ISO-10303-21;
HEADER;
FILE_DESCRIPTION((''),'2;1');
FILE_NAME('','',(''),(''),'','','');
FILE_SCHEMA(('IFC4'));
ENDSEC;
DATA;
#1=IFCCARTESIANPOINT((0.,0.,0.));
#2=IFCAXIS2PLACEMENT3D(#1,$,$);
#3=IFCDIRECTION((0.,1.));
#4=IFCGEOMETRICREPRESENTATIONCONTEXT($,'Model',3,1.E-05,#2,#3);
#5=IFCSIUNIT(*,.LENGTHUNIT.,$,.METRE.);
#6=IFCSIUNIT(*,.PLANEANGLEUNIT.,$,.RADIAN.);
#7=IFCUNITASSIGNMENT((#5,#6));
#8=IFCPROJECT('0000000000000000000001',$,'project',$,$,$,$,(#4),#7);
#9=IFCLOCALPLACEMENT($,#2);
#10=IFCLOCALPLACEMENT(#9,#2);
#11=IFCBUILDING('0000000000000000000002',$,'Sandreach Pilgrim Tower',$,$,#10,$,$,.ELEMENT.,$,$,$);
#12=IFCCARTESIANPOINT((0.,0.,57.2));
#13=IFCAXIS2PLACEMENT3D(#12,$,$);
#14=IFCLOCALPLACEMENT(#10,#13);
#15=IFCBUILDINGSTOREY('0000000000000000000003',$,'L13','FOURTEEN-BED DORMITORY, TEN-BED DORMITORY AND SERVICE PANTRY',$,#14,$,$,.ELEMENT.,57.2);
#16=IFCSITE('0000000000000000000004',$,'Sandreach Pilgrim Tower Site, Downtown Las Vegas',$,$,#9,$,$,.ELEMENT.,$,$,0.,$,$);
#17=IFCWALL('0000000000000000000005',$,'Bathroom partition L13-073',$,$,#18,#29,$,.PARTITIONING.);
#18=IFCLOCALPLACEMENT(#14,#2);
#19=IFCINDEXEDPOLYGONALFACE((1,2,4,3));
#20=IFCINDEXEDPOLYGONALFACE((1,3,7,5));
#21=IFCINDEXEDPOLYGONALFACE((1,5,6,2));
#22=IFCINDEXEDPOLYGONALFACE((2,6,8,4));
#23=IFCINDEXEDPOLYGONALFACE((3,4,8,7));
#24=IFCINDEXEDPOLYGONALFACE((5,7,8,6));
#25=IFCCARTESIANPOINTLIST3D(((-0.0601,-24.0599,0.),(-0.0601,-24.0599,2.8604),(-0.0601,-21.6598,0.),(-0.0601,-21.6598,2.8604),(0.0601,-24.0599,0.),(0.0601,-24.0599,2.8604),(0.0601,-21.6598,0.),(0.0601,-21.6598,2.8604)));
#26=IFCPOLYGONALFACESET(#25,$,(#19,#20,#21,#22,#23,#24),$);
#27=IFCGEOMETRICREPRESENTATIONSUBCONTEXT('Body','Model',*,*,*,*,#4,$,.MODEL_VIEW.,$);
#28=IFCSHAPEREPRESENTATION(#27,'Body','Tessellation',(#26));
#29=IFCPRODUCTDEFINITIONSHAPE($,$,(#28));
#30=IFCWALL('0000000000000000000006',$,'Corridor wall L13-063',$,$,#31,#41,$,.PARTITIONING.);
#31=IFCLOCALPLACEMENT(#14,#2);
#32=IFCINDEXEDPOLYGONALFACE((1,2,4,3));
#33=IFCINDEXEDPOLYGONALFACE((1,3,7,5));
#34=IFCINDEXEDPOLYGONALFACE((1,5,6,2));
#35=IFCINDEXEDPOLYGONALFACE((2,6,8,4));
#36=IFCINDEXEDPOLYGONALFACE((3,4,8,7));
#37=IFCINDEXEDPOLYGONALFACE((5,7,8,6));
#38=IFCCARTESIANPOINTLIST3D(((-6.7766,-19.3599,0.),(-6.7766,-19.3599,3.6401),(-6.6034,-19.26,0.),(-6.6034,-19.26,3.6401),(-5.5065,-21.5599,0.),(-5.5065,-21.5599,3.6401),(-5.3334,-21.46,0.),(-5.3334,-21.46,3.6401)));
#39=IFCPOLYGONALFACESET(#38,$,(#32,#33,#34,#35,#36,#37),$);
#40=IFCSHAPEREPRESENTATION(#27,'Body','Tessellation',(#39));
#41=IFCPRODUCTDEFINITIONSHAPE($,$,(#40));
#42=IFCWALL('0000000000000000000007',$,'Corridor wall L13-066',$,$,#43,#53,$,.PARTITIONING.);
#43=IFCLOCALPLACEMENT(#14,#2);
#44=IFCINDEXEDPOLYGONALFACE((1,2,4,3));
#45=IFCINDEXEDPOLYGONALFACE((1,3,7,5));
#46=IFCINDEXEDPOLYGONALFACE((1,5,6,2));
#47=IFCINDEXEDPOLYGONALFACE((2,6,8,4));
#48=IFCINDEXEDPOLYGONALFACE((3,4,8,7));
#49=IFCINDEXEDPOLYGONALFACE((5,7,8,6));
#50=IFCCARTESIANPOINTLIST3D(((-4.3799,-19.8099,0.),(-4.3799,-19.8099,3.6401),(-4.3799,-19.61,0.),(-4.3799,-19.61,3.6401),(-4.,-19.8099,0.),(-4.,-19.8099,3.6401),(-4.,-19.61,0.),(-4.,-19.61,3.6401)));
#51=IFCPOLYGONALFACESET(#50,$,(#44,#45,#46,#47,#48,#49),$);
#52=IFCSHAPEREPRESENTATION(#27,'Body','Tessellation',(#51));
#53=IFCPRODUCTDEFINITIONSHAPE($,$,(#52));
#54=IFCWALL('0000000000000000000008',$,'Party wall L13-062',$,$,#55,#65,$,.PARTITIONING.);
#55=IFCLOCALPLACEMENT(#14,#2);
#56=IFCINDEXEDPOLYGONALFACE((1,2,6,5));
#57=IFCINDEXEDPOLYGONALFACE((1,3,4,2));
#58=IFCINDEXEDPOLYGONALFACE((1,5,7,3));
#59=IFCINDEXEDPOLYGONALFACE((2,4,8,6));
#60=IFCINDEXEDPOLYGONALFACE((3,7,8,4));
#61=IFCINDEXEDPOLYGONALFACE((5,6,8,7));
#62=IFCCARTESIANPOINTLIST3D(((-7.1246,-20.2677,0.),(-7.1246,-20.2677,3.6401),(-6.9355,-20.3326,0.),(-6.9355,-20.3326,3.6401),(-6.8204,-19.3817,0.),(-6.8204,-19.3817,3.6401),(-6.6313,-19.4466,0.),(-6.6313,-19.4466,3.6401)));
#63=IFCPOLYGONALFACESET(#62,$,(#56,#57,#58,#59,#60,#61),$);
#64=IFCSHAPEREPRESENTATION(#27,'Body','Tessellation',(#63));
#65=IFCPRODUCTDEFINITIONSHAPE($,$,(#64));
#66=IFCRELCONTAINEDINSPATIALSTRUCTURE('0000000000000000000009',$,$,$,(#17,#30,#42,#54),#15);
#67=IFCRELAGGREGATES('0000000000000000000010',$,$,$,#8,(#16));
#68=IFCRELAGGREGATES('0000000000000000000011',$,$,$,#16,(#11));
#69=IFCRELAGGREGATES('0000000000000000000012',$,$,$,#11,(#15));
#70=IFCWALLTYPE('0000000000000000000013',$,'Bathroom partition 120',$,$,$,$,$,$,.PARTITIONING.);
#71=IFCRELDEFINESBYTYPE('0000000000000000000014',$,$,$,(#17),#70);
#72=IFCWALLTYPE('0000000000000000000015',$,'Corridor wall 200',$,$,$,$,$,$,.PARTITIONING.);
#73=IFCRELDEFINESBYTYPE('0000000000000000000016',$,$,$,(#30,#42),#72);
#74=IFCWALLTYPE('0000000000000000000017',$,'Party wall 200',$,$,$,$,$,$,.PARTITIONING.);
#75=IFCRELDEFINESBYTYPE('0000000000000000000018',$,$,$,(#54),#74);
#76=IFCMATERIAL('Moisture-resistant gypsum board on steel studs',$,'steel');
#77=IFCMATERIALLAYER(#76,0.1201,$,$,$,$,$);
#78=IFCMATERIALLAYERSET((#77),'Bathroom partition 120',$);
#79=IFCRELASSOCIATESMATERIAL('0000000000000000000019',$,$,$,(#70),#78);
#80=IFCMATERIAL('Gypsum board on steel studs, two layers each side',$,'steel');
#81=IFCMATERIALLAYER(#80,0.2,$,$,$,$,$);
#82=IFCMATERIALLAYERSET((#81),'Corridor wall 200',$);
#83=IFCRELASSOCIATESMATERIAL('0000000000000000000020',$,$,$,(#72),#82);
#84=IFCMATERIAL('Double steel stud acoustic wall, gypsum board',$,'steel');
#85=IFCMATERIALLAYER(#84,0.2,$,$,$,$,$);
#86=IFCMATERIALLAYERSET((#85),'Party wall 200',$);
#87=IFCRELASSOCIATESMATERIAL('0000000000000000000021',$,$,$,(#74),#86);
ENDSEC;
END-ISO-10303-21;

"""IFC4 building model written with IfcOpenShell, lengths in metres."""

from ifc_helpers import new_model, si_unit, direction, frame, frame_2d, origin, place, context, subcontext, project, spatial, rectangle, extrude, material, layer, layer_set, type_object, element, save


model = new_model("IFC4")

# Units and contexts
model_context = context("Model", 3, precision=1e-05, world=origin(), true_north=direction((0.0, 1.0)))
body_context = subcontext(model_context, "Body", "Model", "MODEL_VIEW")
ifc_project = project(units=[si_unit("LENGTHUNIT", "METRE"), si_unit("PLANEANGLEUNIT", "RADIAN")], contexts=[model_context])

# Site, building, storey
site_placement = place(None, origin())
site = spatial("IfcSite", under=ifc_project, at=site_placement, Name="Sandreach Pilgrim Tower Site, Downtown Las Vegas", CompositionType="ELEMENT", RefElevation=0.0)
building_placement = place(site_placement, origin())
building = spatial("IfcBuilding", under=site, at=building_placement, Name="Sandreach Pilgrim Tower", CompositionType="ELEMENT")
storey_placement = place(building_placement, frame((0.0, 0.0, 57.2)))
storey = spatial("IfcBuildingStorey", under=building, at=storey_placement, Name="L13", Description="FOURTEEN-BED DORMITORY, TEN-BED DORMITORY AND SERVICE PANTRY", CompositionType="ELEMENT", Elevation=57.2)

# Shared definitions
ifc_material_1 = material(Name="Moisture-resistant gypsum board on steel studs", Category="steel")
ifc_layer_1 = layer(ifc_material_1, 0.1201)
ifc_layer_set_1 = layer_set([ifc_layer_1], Name="Bathroom partition 120")
wall_type_1 = type_object("IfcWallType", Name="Bathroom partition 120", PredefinedType="PARTITIONING", material=ifc_layer_set_1)

# Wall
wall_1_placement = place(storey_placement, frame((0.0, -24.0601, 0.0), z_axis=(0.0, 0.0, 1.0), x_axis=(0.0, 1.0, 0.0)))
element("IfcWall", 1, at=wall_1_placement, inside=storey, type_object=wall_type_1, Name="Bathroom partition L13-073", PredefinedType="PARTITIONING", context=body_context, shape_type="SweptSolid", body=[
    extrude(rectangle(XDim=2.4001, YDim=0.1201, at=frame_2d((1.2002, 0.0))), origin(), (0.0, 0.0, 1.0), 2.8604),
])

# Shared definitions
ifc_material_2 = material(Name="Gypsum board on steel studs, two layers each side", Category="steel")
ifc_layer_2 = layer(ifc_material_2, 0.2)
ifc_layer_set_2 = layer_set([ifc_layer_2], Name="Corridor wall 200")
wall_type_2 = type_object("IfcWallType", Name="Corridor wall 200", PredefinedType="PARTITIONING", material=ifc_layer_set_2)

# Wall
wall_2_placement = place(storey_placement, frame((-6.6899, -19.3101, 0.0), z_axis=(0.0, 0.0, 1.0), x_axis=(0.499964, -0.866046, 0.0)))
element("IfcWall", 2, at=wall_2_placement, inside=storey, type_object=wall_type_2, Name="Corridor wall L13-063", PredefinedType="PARTITIONING", context=body_context, shape_type="SweptSolid", body=[
    extrude(rectangle(XDim=2.5403, YDim=0.2, at=frame_2d((1.27, 0.0))), origin(), (0.0, 0.0, 1.0), 3.6401),
])

# Walls
wall_3_placement = place(storey_placement, frame((-4.0, -19.71, 0.0), z_axis=(0.0, 0.0, 1.0), x_axis=(-1.0, 0.0, 0.0)))
element("IfcWall", 3, at=wall_3_placement, inside=storey, type_object=wall_type_2, Name="Corridor wall L13-066", PredefinedType="PARTITIONING", context=body_context, shape_type="SweptSolid", body=[
    extrude(rectangle(XDim=0.3799, YDim=0.2, at=frame_2d((0.1899, 0.0))), origin(), (0.0, 0.0, 1.0), 3.6401),
])
ifc_material_3 = material(Name="Double steel stud acoustic wall, gypsum board", Category="steel")
ifc_layer_3 = layer(ifc_material_3, 0.2)
ifc_layer_set_3 = layer_set([ifc_layer_3], Name="Party wall 200")
wall_type_3 = type_object("IfcWallType", Name="Party wall 200", PredefinedType="PARTITIONING", material=ifc_layer_set_3)
wall_4_placement = place(storey_placement, frame((-7.03, -20.3, 0.0), z_axis=(0.0, 0.0, 1.0), x_axis=(0.324737, 0.945804, 0.0)))
element("IfcWall", 4, at=wall_4_placement, inside=storey, type_object=wall_type_3, Name="Party wall L13-062", PredefinedType="PARTITIONING", context=body_context, shape_type="SweptSolid", body=[
    extrude(rectangle(XDim=0.9368, YDim=0.2, at=frame_2d((0.4683, 0.0))), origin(), (0.0, 0.0, 1.0), 3.6401),
])

save(model, "model.ifc")
